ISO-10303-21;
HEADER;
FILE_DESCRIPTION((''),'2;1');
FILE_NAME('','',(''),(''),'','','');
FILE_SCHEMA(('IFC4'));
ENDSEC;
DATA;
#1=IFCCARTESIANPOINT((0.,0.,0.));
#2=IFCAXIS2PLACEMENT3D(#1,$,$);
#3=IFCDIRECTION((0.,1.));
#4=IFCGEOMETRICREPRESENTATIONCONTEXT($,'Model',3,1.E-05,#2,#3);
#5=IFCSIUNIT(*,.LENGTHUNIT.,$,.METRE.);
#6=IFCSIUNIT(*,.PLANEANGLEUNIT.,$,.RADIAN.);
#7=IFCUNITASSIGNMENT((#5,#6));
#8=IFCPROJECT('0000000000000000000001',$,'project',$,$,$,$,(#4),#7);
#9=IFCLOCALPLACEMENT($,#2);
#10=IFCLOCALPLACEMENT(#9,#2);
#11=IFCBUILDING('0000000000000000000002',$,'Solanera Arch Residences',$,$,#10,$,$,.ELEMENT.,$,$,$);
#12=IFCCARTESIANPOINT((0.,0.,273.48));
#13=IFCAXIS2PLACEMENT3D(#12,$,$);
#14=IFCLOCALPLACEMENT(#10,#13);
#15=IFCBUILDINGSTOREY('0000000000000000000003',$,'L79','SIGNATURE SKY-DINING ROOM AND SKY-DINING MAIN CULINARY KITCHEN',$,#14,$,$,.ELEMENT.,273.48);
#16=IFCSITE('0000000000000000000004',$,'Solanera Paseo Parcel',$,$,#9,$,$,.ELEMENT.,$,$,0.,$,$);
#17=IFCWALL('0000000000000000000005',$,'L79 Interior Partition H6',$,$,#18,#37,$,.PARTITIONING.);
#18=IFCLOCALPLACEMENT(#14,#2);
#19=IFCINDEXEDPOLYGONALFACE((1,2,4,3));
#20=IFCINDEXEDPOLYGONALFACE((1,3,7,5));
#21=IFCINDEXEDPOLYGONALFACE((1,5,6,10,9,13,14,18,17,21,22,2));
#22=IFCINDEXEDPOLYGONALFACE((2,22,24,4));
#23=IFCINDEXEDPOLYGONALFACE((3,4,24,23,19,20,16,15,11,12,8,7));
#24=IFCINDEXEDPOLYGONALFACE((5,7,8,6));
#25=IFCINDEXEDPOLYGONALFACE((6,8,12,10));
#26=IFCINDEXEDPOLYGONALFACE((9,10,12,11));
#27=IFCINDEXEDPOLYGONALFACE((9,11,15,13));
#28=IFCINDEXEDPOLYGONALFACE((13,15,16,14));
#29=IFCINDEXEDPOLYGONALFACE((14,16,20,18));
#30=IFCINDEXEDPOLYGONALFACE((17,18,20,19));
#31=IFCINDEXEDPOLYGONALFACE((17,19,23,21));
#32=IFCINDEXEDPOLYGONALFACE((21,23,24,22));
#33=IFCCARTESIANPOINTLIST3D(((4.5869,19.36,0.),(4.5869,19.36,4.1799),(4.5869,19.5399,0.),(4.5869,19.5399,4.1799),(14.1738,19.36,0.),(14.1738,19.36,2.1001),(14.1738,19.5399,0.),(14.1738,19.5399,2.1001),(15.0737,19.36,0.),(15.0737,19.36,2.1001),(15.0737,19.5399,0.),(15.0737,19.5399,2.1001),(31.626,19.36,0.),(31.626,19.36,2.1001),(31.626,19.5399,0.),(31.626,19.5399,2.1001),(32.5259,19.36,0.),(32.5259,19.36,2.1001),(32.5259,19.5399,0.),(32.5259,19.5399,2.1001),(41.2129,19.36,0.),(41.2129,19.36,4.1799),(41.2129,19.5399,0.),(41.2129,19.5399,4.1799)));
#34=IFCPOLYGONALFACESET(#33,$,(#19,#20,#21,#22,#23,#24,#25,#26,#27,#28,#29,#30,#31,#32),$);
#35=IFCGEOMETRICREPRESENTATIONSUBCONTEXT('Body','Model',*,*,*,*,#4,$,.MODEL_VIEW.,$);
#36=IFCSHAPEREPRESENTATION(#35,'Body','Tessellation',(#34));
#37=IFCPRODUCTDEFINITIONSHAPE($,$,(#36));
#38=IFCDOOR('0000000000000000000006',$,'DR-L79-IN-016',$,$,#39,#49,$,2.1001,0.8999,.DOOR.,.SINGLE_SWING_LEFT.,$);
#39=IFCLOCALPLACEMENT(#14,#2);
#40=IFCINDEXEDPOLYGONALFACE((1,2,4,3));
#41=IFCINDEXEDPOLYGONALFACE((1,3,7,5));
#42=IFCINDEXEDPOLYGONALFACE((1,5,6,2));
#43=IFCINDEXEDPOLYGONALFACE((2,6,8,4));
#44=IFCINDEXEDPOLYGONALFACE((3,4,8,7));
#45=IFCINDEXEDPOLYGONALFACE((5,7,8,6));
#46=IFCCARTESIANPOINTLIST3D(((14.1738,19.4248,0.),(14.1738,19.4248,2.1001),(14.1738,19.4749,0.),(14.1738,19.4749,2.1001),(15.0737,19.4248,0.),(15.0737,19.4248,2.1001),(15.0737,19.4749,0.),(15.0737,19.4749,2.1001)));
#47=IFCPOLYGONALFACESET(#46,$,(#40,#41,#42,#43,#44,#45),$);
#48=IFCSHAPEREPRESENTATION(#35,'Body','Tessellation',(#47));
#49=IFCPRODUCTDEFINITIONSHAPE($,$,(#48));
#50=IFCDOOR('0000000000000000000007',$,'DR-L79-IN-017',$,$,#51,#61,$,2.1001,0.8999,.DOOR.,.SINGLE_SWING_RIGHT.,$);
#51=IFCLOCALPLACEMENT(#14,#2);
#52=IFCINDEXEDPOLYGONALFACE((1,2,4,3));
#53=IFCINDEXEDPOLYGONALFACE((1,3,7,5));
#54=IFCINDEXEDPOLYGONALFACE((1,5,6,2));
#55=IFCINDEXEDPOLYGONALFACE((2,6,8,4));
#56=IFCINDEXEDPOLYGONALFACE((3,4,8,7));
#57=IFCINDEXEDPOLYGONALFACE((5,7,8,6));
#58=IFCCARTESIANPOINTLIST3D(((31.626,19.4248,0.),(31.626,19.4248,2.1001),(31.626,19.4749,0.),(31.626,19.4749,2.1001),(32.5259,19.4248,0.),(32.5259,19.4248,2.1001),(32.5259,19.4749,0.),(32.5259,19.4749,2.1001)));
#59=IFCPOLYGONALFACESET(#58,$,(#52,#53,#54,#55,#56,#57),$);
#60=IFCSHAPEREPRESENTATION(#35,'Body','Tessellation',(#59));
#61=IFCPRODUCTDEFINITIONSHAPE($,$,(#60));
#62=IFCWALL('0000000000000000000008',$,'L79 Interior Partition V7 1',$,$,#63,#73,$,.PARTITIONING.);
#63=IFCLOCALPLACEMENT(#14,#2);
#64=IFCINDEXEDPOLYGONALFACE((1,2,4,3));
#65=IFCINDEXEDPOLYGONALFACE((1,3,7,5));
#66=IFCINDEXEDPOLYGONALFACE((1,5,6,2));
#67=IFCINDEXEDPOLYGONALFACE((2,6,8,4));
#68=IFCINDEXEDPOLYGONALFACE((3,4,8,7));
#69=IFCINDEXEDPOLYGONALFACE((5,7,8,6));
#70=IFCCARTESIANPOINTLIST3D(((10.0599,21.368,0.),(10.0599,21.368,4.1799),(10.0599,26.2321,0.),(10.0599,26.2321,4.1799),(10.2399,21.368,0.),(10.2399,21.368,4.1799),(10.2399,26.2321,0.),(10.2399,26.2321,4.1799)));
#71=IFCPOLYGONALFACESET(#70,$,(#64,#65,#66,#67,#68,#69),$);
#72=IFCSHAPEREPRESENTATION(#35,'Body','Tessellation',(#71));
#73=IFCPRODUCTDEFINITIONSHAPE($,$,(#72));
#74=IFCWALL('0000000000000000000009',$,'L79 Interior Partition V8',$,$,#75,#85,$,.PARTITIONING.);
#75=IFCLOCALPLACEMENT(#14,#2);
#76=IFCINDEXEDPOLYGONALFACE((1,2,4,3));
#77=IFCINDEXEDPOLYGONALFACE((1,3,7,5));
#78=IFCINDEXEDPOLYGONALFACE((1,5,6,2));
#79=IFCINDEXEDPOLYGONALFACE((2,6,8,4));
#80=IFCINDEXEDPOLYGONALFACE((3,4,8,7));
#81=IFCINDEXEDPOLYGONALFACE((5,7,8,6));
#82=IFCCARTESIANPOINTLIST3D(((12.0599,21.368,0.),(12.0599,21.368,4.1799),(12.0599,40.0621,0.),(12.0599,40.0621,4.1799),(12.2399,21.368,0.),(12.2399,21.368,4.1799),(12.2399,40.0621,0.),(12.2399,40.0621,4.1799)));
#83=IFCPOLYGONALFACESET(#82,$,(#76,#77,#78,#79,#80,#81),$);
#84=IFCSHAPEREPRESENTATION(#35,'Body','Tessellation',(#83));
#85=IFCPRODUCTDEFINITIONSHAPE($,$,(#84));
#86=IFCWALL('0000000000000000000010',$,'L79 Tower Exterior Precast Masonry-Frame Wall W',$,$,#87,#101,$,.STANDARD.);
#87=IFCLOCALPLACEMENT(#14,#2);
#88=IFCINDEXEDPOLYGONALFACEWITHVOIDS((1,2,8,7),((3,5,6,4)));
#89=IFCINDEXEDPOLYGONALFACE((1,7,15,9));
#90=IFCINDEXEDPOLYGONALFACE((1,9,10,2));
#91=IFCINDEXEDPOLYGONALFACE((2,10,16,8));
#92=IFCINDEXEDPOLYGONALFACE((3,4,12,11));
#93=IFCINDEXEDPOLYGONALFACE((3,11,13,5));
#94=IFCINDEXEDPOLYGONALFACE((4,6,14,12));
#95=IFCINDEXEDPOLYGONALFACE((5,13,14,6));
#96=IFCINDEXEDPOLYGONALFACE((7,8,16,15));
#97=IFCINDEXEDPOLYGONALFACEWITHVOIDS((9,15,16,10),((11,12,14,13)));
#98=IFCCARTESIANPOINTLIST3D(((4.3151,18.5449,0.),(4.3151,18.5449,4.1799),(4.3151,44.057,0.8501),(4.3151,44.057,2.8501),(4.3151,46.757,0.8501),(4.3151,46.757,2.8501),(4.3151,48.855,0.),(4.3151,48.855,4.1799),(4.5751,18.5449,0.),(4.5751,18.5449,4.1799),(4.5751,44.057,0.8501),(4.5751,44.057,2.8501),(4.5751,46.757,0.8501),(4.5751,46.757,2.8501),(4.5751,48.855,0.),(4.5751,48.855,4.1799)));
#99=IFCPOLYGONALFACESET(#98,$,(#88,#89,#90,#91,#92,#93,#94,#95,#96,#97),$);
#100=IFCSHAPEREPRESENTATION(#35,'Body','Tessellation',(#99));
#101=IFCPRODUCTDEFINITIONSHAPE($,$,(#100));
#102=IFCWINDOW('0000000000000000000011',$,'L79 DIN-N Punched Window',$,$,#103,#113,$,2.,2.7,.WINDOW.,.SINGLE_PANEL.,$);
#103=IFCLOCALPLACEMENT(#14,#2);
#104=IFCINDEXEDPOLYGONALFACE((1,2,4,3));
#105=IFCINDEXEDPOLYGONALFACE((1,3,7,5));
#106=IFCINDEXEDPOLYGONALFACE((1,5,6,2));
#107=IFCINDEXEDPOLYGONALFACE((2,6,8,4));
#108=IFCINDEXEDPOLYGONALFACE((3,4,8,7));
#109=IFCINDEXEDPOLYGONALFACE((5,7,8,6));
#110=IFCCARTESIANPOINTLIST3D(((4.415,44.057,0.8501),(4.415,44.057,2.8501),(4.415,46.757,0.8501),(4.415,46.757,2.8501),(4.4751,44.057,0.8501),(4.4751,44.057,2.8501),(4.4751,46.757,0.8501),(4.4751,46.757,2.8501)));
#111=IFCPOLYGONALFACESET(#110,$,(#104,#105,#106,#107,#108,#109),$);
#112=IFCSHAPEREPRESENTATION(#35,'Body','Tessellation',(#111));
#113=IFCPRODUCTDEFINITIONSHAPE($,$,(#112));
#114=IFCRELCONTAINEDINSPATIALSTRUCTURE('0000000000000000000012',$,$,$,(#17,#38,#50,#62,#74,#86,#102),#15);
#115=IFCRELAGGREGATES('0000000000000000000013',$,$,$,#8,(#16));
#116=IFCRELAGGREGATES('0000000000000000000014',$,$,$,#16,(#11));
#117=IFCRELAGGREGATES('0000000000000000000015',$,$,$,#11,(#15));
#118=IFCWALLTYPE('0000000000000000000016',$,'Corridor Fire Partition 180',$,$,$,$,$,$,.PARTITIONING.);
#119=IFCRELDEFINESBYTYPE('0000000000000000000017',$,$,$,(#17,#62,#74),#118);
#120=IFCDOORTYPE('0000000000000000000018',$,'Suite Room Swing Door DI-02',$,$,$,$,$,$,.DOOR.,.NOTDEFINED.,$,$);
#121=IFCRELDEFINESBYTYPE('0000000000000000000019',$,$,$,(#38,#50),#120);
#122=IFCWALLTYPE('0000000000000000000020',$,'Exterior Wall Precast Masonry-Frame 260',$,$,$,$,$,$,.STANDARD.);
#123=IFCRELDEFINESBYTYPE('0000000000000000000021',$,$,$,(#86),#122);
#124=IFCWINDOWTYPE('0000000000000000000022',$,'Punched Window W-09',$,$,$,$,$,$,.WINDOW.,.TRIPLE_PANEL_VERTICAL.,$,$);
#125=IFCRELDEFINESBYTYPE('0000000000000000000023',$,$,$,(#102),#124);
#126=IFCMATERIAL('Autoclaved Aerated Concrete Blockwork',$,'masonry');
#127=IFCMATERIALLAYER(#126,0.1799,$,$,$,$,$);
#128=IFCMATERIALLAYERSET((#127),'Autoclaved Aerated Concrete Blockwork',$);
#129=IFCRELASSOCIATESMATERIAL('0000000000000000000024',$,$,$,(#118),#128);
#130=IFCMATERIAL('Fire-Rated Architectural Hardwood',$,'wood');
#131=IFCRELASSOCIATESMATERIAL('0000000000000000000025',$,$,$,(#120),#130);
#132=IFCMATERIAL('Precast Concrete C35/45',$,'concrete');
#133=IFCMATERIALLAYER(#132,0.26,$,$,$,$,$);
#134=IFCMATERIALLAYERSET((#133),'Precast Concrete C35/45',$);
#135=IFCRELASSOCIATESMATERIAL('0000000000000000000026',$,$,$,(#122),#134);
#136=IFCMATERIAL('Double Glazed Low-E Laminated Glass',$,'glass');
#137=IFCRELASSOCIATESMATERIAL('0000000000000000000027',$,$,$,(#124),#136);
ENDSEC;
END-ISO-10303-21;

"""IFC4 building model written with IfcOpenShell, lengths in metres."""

from ifc_helpers import new_model, si_unit, direction, frame, frame_2d, origin, place, context, subcontext, project, spatial, rectangle, extrude, material, layer, layer_set, type_object, element, fill, save


model = new_model("IFC4")

# Units and contexts
model_context = context("Model", 3, precision=1e-05, world=origin(), true_north=direction((0.0, 1.0)))
body_context = subcontext(model_context, "Body", "Model", "MODEL_VIEW")
ifc_project = project(units=[si_unit("LENGTHUNIT", "METRE"), si_unit("PLANEANGLEUNIT", "RADIAN")], contexts=[model_context])

# Site, building, storey
site_placement = place(None, origin())
site = spatial("IfcSite", under=ifc_project, at=site_placement, Name="Solanera Paseo Parcel", CompositionType="ELEMENT", RefElevation=0.0)
building_placement = place(site_placement, origin())
building = spatial("IfcBuilding", under=site, at=building_placement, Name="Solanera Arch Residences", CompositionType="ELEMENT")
storey_placement = place(building_placement, frame((0.0, 0.0, 273.48)))
storey = spatial("IfcBuildingStorey", under=building, at=storey_placement, Name="L79", Description="SIGNATURE SKY-DINING ROOM AND SKY-DINING MAIN CULINARY KITCHEN", CompositionType="ELEMENT", Elevation=273.48)

# Wall, openings, doors
ifc_material_1 = material(Name="Autoclaved Aerated Concrete Blockwork", Category="masonry")
ifc_layer_1 = layer(ifc_material_1, 0.1799)
ifc_layer_set_1 = layer_set([ifc_layer_1], Name="Autoclaved Aerated Concrete Blockwork")
wall_type_1 = type_object("IfcWallType", Name="Corridor Fire Partition 180", PredefinedType="PARTITIONING", material=ifc_layer_set_1)
wall_1_placement = place(storey_placement, frame((4.5869, 19.45, 0.0), z_axis=(0.0, 0.0, 1.0), x_axis=(1.0, 0.0, 0.0)))
wall_1 = element("IfcWall", 1, at=wall_1_placement, inside=storey, type_object=wall_type_1, Name="L79 Interior Partition H6", PredefinedType="PARTITIONING", context=body_context, shape_type="SweptSolid", body=[
    extrude(rectangle(XDim=36.626, YDim=0.1799, at=frame_2d((18.313, 0.0))), origin(), (0.0, 0.0, 1.0), 4.1799),
])
opening_1_placement = place(wall_1_placement, frame((9.5869, 0.0, 0.0)))
opening_1 = element("IfcOpeningElement", 2, at=opening_1_placement, cuts=wall_1, PredefinedType="OPENING", context=body_context, shape_type="SweptSolid", body=[
    extrude(rectangle(XDim=0.8999, YDim=2.1001, at=frame_2d((0.45, 1.05))), frame((0.0, 0.1001, 0.0), z_axis=(0.0, -1.0, 0.0), x_axis=(1.0, 0.0, 0.0)), (0.0, 0.0, 1.0), 0.1999),
])
opening_2_placement = place(wall_1_placement, frame((27.0391, 0.0, 0.0)))
opening_2 = element("IfcOpeningElement", 3, at=opening_2_placement, cuts=wall_1, PredefinedType="OPENING", context=body_context, shape_type="SweptSolid", body=[
    extrude(rectangle(XDim=0.8999, YDim=2.1001, at=frame_2d((0.45, 1.05))), frame((0.0, 0.1001, 0.0), z_axis=(0.0, -1.0, 0.0), x_axis=(1.0, 0.0, 0.0)), (0.0, 0.0, 1.0), 0.1999),
])
ifc_material_2 = material(Name="Fire-Rated Architectural Hardwood", Category="wood")
door_type_1 = type_object("IfcDoorType", Name="Suite Room Swing Door DI-02", OperationType="NOTDEFINED", PredefinedType="DOOR", material=ifc_material_2)
door_1_placement = place(opening_1_placement, origin())
door_1 = element("IfcDoor", 4, at=door_1_placement, inside=storey, type_object=door_type_1, Name="DR-L79-IN-016", OperationType="SINGLE_SWING_LEFT", OverallHeight=2.1001, OverallWidth=0.8999, PredefinedType="DOOR", context=body_context, shape_type="SweptSolid", body=[
    extrude(rectangle(XDim=0.8999, YDim=2.1001, at=frame_2d((0.45, 1.05))), frame((0.0, 0.0249, 0.0), z_axis=(0.0, -1.0, 0.0), x_axis=(1.0, 0.0, 0.0)), (0.0, 0.0, 1.0), 0.05),
])
fill(opening_1, door_1)
door_2_placement = place(opening_2_placement, origin())
door_2 = element("IfcDoor", 5, at=door_2_placement, inside=storey, type_object=door_type_1, Name="DR-L79-IN-017", OperationType="SINGLE_SWING_RIGHT", OverallHeight=2.1001, OverallWidth=0.8999, PredefinedType="DOOR", context=body_context, shape_type="SweptSolid", body=[
    extrude(rectangle(XDim=0.8999, YDim=2.1001, at=frame_2d((0.45, 1.05))), frame((0.0, 0.0249, 0.0), z_axis=(0.0, -1.0, 0.0), x_axis=(1.0, 0.0, 0.0)), (0.0, 0.0, 1.0), 0.05),
])
fill(opening_2, door_2)

# Walls
wall_2_placement = place(storey_placement, frame((10.1499, 21.3679, 0.0), z_axis=(0.0, 0.0, 1.0), x_axis=(0.0, 1.0, 0.0)))
element("IfcWall", 6, at=wall_2_placement, inside=storey, type_object=wall_type_1, Name="L79 Interior Partition V7 1", PredefinedType="PARTITIONING", context=body_context, shape_type="SweptSolid", body=[
    extrude(rectangle(XDim=4.864, YDim=0.1799, at=frame_2d((2.4321, 0.0))), origin(), (0.0, 0.0, 1.0), 4.1799),
])
wall_3_placement = place(storey_placement, frame((12.1499, 21.3679, 0.0), z_axis=(0.0, 0.0, 1.0), x_axis=(0.0, 1.0, 0.0)))
element("IfcWall", 7, at=wall_3_placement, inside=storey, type_object=wall_type_1, Name="L79 Interior Partition V8", PredefinedType="PARTITIONING", context=body_context, shape_type="SweptSolid", body=[
    extrude(rectangle(XDim=18.6941, YDim=0.1799, at=frame_2d((9.3472, 0.0))), origin(), (0.0, 0.0, 1.0), 4.1799),
])

# Wall, opening, window
ifc_material_3 = material(Name="Precast Concrete C35/45", Category="concrete")
ifc_layer_2 = layer(ifc_material_3, 0.26)
ifc_layer_set_2 = layer_set([ifc_layer_2], Name="Precast Concrete C35/45")
wall_type_2 = type_object("IfcWallType", Name="Exterior Wall Precast Masonry-Frame 260", PredefinedType="STANDARD", material=ifc_layer_set_2)
wall_4_placement = place(storey_placement, frame((4.4451, 18.5449, 0.0), z_axis=(0.0, 0.0, 1.0), x_axis=(0.0, 1.0, 0.0)))
wall_4 = element("IfcWall", 8, at=wall_4_placement, inside=storey, type_object=wall_type_2, Name="L79 Tower Exterior Precast Masonry-Frame Wall W", PredefinedType="STANDARD", context=body_context, shape_type="SweptSolid", body=[
    extrude(rectangle(XDim=30.3101, YDim=0.26, at=frame_2d((15.155, 0.0))), origin(), (0.0, 0.0, 1.0), 4.1799),
])
opening_3_placement = place(wall_4_placement, frame((25.512, 0.0, 0.8501)))
opening_3 = element("IfcOpeningElement", 9, at=opening_3_placement, cuts=wall_4, PredefinedType="OPENING", context=body_context, shape_type="SweptSolid", body=[
    extrude(rectangle(XDim=2.7, YDim=2.0, at=frame_2d((1.3501, 1.0))), frame((0.0, 0.1399, 0.0), z_axis=(0.0, -1.0, 0.0), x_axis=(1.0, 0.0, 0.0)), (0.0, 0.0, 1.0), 0.28),
])
ifc_material_4 = material(Name="Double Glazed Low-E Laminated Glass", Category="glass")
window_type = type_object("IfcWindowType", Name="Punched Window W-09", PartitioningType="TRIPLE_PANEL_VERTICAL", PredefinedType="WINDOW", material=ifc_material_4)
window_placement = place(opening_3_placement, origin())
window = element("IfcWindow", 10, at=window_placement, inside=storey, type_object=window_type, Name="L79 DIN-N Punched Window", OverallHeight=2.0, OverallWidth=2.7, PartitioningType="SINGLE_PANEL", PredefinedType="WINDOW", context=body_context, shape_type="SweptSolid", body=[
    extrude(rectangle(XDim=2.7, YDim=2.0, at=frame_2d((1.3501, 1.0))), frame((0.0, 0.03, 0.0), z_axis=(0.0, -1.0, 0.0), x_axis=(1.0, 0.0, 0.0)), (0.0, 0.0, 1.0), 0.0601),
])
fill(opening_3, window)

save(model, "model.ifc")
